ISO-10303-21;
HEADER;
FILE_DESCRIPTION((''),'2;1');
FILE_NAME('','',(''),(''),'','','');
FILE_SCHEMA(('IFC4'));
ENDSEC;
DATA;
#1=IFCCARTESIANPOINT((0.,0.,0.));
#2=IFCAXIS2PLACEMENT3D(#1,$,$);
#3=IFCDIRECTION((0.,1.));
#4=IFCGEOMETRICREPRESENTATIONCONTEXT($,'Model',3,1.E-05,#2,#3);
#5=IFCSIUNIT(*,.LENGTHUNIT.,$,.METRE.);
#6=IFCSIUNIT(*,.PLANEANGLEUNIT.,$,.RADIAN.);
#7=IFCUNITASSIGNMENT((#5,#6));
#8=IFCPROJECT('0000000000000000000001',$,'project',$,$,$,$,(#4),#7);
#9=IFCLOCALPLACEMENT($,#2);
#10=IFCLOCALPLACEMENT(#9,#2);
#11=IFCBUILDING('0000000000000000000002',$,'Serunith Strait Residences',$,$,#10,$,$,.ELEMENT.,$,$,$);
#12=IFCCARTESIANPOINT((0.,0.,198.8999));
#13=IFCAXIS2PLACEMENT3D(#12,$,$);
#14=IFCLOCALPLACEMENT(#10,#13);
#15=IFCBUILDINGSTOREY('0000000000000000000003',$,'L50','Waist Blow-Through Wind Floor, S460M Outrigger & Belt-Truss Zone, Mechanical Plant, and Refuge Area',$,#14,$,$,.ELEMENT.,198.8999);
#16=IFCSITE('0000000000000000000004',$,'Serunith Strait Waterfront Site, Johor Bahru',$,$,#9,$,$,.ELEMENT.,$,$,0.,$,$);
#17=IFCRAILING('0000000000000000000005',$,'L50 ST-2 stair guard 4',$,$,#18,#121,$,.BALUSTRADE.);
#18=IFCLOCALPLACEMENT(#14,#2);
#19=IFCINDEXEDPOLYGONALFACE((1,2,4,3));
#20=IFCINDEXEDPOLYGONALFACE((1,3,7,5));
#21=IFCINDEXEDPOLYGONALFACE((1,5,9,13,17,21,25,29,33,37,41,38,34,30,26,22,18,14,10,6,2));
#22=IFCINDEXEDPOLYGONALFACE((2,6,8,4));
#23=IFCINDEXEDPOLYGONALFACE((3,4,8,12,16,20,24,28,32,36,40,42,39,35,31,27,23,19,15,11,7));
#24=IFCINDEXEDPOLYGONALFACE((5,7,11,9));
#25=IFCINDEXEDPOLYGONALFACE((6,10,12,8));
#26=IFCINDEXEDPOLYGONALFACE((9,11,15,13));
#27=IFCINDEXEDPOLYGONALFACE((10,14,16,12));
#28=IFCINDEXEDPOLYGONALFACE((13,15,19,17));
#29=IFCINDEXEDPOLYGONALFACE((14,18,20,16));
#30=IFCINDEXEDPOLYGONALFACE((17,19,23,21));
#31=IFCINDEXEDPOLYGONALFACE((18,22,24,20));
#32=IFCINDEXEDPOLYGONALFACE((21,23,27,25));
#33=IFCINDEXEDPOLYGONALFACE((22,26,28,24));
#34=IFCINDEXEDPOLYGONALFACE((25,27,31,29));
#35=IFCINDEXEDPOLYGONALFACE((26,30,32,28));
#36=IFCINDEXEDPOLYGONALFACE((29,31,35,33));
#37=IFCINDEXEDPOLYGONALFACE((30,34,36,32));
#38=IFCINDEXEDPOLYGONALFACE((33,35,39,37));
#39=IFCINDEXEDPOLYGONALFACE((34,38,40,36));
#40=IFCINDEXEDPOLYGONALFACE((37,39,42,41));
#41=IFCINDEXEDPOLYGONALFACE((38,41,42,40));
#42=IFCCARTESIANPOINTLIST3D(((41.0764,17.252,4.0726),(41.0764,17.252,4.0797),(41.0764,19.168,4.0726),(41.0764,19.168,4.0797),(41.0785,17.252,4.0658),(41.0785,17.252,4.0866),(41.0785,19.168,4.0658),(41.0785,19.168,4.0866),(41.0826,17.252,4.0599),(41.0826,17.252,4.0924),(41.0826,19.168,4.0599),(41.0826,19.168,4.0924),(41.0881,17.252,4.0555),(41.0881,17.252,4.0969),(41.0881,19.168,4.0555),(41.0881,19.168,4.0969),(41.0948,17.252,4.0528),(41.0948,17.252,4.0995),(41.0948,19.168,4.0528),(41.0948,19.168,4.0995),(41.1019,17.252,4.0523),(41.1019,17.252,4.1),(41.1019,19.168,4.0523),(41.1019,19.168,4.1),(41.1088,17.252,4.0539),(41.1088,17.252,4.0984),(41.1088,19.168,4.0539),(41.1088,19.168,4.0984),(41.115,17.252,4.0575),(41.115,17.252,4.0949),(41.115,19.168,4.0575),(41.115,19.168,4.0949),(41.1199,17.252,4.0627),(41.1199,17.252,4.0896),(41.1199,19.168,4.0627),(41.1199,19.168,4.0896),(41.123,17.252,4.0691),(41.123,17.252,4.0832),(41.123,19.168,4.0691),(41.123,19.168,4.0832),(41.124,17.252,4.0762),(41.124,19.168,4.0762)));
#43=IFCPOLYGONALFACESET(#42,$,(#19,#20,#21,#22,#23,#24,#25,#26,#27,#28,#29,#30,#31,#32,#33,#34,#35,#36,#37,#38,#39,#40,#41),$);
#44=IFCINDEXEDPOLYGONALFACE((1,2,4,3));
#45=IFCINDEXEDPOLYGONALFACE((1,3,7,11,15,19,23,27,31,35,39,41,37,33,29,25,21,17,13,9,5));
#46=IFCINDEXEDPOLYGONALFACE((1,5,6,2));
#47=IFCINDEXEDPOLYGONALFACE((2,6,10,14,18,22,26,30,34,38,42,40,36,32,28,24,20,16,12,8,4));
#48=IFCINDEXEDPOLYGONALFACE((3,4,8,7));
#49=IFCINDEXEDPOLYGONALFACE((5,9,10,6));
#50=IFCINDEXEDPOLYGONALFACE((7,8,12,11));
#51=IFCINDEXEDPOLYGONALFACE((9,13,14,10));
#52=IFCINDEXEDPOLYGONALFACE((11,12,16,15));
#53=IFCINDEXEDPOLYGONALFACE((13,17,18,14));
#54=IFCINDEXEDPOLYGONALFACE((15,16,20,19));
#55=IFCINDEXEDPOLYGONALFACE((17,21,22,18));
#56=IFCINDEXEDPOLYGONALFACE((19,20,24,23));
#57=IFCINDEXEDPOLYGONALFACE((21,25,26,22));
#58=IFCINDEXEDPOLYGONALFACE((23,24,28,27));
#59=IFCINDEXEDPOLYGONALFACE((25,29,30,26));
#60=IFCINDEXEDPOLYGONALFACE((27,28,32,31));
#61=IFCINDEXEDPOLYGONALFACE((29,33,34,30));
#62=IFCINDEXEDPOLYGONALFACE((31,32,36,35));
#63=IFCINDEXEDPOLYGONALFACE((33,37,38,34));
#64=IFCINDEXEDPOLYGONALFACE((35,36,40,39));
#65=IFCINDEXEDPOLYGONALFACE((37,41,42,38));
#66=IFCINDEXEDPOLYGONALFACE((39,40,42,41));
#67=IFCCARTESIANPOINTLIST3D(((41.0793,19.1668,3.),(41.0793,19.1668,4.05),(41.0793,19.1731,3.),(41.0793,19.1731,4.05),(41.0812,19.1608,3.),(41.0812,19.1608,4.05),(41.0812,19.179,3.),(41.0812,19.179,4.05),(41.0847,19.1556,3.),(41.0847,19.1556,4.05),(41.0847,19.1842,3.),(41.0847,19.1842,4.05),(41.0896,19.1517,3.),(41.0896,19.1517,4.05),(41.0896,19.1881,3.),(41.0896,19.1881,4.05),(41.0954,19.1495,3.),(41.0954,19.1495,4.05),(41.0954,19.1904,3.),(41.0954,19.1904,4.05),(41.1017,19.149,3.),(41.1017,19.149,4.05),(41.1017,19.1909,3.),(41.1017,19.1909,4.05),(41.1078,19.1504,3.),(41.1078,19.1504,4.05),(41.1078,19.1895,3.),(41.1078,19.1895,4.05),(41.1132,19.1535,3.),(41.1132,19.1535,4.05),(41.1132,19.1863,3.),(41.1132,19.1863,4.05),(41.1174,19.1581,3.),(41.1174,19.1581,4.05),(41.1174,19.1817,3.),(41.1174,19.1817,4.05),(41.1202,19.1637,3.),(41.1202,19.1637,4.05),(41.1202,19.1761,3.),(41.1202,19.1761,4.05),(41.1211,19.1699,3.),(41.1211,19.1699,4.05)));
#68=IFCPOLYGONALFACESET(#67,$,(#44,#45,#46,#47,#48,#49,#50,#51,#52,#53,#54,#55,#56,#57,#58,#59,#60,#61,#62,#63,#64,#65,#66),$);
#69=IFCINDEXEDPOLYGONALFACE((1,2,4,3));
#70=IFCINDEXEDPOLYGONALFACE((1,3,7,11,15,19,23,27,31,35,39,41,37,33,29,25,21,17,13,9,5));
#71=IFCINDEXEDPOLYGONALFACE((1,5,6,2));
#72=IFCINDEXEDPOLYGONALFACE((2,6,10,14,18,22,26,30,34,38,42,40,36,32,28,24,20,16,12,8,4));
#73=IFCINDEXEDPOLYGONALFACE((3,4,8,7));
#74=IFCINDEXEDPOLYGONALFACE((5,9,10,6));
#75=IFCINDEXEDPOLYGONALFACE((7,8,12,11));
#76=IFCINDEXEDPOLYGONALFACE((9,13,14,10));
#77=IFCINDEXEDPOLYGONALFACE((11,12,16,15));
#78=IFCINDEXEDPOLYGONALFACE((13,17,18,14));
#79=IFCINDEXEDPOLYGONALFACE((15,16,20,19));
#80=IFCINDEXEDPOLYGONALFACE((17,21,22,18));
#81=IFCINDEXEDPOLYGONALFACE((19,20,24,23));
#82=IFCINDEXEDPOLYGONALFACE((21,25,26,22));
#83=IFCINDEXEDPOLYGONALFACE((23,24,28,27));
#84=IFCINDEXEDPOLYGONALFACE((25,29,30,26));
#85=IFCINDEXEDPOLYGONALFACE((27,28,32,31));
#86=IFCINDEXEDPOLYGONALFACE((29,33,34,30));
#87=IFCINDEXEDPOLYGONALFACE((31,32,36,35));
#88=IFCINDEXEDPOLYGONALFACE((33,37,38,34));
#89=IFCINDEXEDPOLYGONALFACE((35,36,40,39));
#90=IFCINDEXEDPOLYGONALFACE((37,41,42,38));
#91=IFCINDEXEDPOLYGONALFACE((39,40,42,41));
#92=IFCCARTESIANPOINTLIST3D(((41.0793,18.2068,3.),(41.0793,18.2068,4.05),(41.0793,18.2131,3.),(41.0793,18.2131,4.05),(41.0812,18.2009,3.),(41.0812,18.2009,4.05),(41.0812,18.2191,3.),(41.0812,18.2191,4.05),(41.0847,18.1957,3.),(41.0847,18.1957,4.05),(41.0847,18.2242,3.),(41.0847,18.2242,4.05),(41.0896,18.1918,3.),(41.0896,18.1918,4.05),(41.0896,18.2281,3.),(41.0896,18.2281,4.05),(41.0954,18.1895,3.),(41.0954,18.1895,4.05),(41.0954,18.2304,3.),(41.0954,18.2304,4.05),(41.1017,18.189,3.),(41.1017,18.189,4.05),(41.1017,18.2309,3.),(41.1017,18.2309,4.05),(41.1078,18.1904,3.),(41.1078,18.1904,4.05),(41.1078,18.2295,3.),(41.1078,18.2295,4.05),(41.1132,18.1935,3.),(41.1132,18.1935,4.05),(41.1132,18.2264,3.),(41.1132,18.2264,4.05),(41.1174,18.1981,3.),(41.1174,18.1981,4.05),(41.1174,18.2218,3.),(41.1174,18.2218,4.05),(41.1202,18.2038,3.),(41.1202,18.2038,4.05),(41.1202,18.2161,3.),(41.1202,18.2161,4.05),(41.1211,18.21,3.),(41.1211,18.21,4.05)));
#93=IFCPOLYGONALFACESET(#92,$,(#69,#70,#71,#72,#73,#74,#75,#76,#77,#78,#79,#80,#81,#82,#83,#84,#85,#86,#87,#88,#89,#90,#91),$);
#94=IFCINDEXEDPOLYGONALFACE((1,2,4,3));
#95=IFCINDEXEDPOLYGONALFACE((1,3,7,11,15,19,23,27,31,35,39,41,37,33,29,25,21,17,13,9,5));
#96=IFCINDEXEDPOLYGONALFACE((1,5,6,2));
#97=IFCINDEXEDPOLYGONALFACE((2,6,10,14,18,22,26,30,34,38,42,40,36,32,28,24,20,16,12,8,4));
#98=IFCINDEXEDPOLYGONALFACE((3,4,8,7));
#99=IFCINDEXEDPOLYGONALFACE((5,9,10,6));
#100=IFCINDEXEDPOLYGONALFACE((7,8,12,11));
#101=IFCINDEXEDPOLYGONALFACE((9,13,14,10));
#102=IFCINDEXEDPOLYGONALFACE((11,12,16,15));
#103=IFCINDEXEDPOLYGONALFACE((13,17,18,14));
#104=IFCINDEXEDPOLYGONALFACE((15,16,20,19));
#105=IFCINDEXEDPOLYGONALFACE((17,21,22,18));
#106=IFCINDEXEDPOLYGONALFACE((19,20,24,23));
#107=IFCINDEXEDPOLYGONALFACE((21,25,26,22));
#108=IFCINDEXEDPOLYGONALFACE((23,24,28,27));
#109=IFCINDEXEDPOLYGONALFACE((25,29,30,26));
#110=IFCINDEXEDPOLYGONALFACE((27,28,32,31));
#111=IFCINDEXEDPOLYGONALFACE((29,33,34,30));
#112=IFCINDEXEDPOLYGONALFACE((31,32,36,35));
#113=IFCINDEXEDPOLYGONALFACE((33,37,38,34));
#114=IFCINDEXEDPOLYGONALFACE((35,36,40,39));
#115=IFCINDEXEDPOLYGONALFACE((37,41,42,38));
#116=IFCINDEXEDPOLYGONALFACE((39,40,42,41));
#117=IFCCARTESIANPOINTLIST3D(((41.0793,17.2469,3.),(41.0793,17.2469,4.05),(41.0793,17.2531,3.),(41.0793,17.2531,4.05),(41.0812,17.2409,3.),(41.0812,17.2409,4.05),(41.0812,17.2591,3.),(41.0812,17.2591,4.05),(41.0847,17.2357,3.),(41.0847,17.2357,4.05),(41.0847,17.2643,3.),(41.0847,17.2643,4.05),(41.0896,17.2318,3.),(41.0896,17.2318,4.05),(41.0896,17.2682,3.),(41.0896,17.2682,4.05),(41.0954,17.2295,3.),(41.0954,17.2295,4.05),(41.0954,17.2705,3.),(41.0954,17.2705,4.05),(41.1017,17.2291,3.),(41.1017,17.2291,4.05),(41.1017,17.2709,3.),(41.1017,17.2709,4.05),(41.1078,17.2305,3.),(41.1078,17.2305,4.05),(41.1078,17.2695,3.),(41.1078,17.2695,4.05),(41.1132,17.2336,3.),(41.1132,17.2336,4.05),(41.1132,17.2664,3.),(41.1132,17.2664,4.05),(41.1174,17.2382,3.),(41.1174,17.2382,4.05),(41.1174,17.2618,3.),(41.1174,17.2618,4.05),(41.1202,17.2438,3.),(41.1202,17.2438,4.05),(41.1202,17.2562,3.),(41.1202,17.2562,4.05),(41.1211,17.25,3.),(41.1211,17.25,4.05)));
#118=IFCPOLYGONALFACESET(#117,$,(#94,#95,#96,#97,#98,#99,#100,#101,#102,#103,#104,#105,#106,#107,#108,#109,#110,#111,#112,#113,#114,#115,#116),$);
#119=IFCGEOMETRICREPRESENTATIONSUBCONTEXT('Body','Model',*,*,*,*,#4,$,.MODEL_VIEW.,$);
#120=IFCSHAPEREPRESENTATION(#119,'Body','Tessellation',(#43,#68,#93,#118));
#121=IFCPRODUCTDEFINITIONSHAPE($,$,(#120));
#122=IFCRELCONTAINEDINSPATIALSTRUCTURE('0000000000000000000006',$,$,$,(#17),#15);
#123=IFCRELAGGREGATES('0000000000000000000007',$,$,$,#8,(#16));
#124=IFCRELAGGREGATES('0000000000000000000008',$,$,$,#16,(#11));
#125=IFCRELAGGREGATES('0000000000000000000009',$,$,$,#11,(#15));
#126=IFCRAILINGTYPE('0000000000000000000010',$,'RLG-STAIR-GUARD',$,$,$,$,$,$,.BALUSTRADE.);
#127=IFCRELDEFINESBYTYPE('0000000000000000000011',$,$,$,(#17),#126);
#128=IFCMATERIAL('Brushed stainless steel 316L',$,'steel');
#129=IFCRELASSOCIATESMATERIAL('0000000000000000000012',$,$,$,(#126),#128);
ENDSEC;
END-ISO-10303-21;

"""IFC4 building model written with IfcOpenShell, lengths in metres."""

from ifc_helpers import new_model, si_unit, direction, frame, origin, origin_2d, place, context, subcontext, project, spatial, circle, extrude, material, type_object, element, save


model = new_model("IFC4")

# Units and contexts
model_context = context("Model", 3, precision=1e-05, world=origin(), true_north=direction((0.0, 1.0)))
body_context = subcontext(model_context, "Body", "Model", "MODEL_VIEW")
ifc_project = project(units=[si_unit("LENGTHUNIT", "METRE"), si_unit("PLANEANGLEUNIT", "RADIAN")], contexts=[model_context])

# Site, building, storey
site_placement = place(None, origin())
site = spatial("IfcSite", under=ifc_project, at=site_placement, Name="Serunith Strait Waterfront Site, Johor Bahru", CompositionType="ELEMENT", RefElevation=0.0)
building_placement = place(site_placement, origin())
building = spatial("IfcBuilding", under=site, at=building_placement, Name="Serunith Strait Residences", CompositionType="ELEMENT")
storey_placement = place(building_placement, frame((0.0, 0.0, 198.8999)))
storey = spatial("IfcBuildingStorey", under=building, at=storey_placement, Name="L50", Description="Waist Blow-Through Wind Floor, S460M Outrigger & Belt-Truss Zone, Mechanical Plant, and Refuge Area", CompositionType="ELEMENT", Elevation=198.8999)

# Railing
ifc_material_1 = material(Name="Brushed stainless steel 316L", Category="steel")
railing_type_1 = type_object("IfcRailingType", Name="RLG-STAIR-GUARD", PredefinedType="BALUSTRADE", material=ifc_material_1)
railing_1_placement = place(storey_placement, frame((41.1001, 19.1699, 3.0)))
element("IfcRailing", 1, at=railing_1_placement, inside=storey, type_object=railing_type_1, Name="L50 ST-2 stair guard 4", PredefinedType="BALUSTRADE", context=body_context, shape_type="SweptSolid", body=[
    extrude(circle(Radius=0.0239, at=origin_2d()), frame((0.0, -0.002, 1.0762), z_axis=(0.0, -1.0, 0.0), x_axis=(1.0, 0.0, 0.0)), (0.0, 0.0, 1.0), 1.916),
    extrude(circle(Radius=0.021, at=origin_2d()), origin(), (0.0, 0.0, 1.0), 1.05),
    extrude(circle(Radius=0.021, at=origin_2d()), frame((0.0, -0.96, 0.0)), (0.0, 0.0, 1.0), 1.05),
    extrude(circle(Radius=0.021, at=origin_2d()), frame((0.0, -1.9199, 0.0)), (0.0, 0.0, 1.0), 1.05),
])

save(model, "model.ifc")
